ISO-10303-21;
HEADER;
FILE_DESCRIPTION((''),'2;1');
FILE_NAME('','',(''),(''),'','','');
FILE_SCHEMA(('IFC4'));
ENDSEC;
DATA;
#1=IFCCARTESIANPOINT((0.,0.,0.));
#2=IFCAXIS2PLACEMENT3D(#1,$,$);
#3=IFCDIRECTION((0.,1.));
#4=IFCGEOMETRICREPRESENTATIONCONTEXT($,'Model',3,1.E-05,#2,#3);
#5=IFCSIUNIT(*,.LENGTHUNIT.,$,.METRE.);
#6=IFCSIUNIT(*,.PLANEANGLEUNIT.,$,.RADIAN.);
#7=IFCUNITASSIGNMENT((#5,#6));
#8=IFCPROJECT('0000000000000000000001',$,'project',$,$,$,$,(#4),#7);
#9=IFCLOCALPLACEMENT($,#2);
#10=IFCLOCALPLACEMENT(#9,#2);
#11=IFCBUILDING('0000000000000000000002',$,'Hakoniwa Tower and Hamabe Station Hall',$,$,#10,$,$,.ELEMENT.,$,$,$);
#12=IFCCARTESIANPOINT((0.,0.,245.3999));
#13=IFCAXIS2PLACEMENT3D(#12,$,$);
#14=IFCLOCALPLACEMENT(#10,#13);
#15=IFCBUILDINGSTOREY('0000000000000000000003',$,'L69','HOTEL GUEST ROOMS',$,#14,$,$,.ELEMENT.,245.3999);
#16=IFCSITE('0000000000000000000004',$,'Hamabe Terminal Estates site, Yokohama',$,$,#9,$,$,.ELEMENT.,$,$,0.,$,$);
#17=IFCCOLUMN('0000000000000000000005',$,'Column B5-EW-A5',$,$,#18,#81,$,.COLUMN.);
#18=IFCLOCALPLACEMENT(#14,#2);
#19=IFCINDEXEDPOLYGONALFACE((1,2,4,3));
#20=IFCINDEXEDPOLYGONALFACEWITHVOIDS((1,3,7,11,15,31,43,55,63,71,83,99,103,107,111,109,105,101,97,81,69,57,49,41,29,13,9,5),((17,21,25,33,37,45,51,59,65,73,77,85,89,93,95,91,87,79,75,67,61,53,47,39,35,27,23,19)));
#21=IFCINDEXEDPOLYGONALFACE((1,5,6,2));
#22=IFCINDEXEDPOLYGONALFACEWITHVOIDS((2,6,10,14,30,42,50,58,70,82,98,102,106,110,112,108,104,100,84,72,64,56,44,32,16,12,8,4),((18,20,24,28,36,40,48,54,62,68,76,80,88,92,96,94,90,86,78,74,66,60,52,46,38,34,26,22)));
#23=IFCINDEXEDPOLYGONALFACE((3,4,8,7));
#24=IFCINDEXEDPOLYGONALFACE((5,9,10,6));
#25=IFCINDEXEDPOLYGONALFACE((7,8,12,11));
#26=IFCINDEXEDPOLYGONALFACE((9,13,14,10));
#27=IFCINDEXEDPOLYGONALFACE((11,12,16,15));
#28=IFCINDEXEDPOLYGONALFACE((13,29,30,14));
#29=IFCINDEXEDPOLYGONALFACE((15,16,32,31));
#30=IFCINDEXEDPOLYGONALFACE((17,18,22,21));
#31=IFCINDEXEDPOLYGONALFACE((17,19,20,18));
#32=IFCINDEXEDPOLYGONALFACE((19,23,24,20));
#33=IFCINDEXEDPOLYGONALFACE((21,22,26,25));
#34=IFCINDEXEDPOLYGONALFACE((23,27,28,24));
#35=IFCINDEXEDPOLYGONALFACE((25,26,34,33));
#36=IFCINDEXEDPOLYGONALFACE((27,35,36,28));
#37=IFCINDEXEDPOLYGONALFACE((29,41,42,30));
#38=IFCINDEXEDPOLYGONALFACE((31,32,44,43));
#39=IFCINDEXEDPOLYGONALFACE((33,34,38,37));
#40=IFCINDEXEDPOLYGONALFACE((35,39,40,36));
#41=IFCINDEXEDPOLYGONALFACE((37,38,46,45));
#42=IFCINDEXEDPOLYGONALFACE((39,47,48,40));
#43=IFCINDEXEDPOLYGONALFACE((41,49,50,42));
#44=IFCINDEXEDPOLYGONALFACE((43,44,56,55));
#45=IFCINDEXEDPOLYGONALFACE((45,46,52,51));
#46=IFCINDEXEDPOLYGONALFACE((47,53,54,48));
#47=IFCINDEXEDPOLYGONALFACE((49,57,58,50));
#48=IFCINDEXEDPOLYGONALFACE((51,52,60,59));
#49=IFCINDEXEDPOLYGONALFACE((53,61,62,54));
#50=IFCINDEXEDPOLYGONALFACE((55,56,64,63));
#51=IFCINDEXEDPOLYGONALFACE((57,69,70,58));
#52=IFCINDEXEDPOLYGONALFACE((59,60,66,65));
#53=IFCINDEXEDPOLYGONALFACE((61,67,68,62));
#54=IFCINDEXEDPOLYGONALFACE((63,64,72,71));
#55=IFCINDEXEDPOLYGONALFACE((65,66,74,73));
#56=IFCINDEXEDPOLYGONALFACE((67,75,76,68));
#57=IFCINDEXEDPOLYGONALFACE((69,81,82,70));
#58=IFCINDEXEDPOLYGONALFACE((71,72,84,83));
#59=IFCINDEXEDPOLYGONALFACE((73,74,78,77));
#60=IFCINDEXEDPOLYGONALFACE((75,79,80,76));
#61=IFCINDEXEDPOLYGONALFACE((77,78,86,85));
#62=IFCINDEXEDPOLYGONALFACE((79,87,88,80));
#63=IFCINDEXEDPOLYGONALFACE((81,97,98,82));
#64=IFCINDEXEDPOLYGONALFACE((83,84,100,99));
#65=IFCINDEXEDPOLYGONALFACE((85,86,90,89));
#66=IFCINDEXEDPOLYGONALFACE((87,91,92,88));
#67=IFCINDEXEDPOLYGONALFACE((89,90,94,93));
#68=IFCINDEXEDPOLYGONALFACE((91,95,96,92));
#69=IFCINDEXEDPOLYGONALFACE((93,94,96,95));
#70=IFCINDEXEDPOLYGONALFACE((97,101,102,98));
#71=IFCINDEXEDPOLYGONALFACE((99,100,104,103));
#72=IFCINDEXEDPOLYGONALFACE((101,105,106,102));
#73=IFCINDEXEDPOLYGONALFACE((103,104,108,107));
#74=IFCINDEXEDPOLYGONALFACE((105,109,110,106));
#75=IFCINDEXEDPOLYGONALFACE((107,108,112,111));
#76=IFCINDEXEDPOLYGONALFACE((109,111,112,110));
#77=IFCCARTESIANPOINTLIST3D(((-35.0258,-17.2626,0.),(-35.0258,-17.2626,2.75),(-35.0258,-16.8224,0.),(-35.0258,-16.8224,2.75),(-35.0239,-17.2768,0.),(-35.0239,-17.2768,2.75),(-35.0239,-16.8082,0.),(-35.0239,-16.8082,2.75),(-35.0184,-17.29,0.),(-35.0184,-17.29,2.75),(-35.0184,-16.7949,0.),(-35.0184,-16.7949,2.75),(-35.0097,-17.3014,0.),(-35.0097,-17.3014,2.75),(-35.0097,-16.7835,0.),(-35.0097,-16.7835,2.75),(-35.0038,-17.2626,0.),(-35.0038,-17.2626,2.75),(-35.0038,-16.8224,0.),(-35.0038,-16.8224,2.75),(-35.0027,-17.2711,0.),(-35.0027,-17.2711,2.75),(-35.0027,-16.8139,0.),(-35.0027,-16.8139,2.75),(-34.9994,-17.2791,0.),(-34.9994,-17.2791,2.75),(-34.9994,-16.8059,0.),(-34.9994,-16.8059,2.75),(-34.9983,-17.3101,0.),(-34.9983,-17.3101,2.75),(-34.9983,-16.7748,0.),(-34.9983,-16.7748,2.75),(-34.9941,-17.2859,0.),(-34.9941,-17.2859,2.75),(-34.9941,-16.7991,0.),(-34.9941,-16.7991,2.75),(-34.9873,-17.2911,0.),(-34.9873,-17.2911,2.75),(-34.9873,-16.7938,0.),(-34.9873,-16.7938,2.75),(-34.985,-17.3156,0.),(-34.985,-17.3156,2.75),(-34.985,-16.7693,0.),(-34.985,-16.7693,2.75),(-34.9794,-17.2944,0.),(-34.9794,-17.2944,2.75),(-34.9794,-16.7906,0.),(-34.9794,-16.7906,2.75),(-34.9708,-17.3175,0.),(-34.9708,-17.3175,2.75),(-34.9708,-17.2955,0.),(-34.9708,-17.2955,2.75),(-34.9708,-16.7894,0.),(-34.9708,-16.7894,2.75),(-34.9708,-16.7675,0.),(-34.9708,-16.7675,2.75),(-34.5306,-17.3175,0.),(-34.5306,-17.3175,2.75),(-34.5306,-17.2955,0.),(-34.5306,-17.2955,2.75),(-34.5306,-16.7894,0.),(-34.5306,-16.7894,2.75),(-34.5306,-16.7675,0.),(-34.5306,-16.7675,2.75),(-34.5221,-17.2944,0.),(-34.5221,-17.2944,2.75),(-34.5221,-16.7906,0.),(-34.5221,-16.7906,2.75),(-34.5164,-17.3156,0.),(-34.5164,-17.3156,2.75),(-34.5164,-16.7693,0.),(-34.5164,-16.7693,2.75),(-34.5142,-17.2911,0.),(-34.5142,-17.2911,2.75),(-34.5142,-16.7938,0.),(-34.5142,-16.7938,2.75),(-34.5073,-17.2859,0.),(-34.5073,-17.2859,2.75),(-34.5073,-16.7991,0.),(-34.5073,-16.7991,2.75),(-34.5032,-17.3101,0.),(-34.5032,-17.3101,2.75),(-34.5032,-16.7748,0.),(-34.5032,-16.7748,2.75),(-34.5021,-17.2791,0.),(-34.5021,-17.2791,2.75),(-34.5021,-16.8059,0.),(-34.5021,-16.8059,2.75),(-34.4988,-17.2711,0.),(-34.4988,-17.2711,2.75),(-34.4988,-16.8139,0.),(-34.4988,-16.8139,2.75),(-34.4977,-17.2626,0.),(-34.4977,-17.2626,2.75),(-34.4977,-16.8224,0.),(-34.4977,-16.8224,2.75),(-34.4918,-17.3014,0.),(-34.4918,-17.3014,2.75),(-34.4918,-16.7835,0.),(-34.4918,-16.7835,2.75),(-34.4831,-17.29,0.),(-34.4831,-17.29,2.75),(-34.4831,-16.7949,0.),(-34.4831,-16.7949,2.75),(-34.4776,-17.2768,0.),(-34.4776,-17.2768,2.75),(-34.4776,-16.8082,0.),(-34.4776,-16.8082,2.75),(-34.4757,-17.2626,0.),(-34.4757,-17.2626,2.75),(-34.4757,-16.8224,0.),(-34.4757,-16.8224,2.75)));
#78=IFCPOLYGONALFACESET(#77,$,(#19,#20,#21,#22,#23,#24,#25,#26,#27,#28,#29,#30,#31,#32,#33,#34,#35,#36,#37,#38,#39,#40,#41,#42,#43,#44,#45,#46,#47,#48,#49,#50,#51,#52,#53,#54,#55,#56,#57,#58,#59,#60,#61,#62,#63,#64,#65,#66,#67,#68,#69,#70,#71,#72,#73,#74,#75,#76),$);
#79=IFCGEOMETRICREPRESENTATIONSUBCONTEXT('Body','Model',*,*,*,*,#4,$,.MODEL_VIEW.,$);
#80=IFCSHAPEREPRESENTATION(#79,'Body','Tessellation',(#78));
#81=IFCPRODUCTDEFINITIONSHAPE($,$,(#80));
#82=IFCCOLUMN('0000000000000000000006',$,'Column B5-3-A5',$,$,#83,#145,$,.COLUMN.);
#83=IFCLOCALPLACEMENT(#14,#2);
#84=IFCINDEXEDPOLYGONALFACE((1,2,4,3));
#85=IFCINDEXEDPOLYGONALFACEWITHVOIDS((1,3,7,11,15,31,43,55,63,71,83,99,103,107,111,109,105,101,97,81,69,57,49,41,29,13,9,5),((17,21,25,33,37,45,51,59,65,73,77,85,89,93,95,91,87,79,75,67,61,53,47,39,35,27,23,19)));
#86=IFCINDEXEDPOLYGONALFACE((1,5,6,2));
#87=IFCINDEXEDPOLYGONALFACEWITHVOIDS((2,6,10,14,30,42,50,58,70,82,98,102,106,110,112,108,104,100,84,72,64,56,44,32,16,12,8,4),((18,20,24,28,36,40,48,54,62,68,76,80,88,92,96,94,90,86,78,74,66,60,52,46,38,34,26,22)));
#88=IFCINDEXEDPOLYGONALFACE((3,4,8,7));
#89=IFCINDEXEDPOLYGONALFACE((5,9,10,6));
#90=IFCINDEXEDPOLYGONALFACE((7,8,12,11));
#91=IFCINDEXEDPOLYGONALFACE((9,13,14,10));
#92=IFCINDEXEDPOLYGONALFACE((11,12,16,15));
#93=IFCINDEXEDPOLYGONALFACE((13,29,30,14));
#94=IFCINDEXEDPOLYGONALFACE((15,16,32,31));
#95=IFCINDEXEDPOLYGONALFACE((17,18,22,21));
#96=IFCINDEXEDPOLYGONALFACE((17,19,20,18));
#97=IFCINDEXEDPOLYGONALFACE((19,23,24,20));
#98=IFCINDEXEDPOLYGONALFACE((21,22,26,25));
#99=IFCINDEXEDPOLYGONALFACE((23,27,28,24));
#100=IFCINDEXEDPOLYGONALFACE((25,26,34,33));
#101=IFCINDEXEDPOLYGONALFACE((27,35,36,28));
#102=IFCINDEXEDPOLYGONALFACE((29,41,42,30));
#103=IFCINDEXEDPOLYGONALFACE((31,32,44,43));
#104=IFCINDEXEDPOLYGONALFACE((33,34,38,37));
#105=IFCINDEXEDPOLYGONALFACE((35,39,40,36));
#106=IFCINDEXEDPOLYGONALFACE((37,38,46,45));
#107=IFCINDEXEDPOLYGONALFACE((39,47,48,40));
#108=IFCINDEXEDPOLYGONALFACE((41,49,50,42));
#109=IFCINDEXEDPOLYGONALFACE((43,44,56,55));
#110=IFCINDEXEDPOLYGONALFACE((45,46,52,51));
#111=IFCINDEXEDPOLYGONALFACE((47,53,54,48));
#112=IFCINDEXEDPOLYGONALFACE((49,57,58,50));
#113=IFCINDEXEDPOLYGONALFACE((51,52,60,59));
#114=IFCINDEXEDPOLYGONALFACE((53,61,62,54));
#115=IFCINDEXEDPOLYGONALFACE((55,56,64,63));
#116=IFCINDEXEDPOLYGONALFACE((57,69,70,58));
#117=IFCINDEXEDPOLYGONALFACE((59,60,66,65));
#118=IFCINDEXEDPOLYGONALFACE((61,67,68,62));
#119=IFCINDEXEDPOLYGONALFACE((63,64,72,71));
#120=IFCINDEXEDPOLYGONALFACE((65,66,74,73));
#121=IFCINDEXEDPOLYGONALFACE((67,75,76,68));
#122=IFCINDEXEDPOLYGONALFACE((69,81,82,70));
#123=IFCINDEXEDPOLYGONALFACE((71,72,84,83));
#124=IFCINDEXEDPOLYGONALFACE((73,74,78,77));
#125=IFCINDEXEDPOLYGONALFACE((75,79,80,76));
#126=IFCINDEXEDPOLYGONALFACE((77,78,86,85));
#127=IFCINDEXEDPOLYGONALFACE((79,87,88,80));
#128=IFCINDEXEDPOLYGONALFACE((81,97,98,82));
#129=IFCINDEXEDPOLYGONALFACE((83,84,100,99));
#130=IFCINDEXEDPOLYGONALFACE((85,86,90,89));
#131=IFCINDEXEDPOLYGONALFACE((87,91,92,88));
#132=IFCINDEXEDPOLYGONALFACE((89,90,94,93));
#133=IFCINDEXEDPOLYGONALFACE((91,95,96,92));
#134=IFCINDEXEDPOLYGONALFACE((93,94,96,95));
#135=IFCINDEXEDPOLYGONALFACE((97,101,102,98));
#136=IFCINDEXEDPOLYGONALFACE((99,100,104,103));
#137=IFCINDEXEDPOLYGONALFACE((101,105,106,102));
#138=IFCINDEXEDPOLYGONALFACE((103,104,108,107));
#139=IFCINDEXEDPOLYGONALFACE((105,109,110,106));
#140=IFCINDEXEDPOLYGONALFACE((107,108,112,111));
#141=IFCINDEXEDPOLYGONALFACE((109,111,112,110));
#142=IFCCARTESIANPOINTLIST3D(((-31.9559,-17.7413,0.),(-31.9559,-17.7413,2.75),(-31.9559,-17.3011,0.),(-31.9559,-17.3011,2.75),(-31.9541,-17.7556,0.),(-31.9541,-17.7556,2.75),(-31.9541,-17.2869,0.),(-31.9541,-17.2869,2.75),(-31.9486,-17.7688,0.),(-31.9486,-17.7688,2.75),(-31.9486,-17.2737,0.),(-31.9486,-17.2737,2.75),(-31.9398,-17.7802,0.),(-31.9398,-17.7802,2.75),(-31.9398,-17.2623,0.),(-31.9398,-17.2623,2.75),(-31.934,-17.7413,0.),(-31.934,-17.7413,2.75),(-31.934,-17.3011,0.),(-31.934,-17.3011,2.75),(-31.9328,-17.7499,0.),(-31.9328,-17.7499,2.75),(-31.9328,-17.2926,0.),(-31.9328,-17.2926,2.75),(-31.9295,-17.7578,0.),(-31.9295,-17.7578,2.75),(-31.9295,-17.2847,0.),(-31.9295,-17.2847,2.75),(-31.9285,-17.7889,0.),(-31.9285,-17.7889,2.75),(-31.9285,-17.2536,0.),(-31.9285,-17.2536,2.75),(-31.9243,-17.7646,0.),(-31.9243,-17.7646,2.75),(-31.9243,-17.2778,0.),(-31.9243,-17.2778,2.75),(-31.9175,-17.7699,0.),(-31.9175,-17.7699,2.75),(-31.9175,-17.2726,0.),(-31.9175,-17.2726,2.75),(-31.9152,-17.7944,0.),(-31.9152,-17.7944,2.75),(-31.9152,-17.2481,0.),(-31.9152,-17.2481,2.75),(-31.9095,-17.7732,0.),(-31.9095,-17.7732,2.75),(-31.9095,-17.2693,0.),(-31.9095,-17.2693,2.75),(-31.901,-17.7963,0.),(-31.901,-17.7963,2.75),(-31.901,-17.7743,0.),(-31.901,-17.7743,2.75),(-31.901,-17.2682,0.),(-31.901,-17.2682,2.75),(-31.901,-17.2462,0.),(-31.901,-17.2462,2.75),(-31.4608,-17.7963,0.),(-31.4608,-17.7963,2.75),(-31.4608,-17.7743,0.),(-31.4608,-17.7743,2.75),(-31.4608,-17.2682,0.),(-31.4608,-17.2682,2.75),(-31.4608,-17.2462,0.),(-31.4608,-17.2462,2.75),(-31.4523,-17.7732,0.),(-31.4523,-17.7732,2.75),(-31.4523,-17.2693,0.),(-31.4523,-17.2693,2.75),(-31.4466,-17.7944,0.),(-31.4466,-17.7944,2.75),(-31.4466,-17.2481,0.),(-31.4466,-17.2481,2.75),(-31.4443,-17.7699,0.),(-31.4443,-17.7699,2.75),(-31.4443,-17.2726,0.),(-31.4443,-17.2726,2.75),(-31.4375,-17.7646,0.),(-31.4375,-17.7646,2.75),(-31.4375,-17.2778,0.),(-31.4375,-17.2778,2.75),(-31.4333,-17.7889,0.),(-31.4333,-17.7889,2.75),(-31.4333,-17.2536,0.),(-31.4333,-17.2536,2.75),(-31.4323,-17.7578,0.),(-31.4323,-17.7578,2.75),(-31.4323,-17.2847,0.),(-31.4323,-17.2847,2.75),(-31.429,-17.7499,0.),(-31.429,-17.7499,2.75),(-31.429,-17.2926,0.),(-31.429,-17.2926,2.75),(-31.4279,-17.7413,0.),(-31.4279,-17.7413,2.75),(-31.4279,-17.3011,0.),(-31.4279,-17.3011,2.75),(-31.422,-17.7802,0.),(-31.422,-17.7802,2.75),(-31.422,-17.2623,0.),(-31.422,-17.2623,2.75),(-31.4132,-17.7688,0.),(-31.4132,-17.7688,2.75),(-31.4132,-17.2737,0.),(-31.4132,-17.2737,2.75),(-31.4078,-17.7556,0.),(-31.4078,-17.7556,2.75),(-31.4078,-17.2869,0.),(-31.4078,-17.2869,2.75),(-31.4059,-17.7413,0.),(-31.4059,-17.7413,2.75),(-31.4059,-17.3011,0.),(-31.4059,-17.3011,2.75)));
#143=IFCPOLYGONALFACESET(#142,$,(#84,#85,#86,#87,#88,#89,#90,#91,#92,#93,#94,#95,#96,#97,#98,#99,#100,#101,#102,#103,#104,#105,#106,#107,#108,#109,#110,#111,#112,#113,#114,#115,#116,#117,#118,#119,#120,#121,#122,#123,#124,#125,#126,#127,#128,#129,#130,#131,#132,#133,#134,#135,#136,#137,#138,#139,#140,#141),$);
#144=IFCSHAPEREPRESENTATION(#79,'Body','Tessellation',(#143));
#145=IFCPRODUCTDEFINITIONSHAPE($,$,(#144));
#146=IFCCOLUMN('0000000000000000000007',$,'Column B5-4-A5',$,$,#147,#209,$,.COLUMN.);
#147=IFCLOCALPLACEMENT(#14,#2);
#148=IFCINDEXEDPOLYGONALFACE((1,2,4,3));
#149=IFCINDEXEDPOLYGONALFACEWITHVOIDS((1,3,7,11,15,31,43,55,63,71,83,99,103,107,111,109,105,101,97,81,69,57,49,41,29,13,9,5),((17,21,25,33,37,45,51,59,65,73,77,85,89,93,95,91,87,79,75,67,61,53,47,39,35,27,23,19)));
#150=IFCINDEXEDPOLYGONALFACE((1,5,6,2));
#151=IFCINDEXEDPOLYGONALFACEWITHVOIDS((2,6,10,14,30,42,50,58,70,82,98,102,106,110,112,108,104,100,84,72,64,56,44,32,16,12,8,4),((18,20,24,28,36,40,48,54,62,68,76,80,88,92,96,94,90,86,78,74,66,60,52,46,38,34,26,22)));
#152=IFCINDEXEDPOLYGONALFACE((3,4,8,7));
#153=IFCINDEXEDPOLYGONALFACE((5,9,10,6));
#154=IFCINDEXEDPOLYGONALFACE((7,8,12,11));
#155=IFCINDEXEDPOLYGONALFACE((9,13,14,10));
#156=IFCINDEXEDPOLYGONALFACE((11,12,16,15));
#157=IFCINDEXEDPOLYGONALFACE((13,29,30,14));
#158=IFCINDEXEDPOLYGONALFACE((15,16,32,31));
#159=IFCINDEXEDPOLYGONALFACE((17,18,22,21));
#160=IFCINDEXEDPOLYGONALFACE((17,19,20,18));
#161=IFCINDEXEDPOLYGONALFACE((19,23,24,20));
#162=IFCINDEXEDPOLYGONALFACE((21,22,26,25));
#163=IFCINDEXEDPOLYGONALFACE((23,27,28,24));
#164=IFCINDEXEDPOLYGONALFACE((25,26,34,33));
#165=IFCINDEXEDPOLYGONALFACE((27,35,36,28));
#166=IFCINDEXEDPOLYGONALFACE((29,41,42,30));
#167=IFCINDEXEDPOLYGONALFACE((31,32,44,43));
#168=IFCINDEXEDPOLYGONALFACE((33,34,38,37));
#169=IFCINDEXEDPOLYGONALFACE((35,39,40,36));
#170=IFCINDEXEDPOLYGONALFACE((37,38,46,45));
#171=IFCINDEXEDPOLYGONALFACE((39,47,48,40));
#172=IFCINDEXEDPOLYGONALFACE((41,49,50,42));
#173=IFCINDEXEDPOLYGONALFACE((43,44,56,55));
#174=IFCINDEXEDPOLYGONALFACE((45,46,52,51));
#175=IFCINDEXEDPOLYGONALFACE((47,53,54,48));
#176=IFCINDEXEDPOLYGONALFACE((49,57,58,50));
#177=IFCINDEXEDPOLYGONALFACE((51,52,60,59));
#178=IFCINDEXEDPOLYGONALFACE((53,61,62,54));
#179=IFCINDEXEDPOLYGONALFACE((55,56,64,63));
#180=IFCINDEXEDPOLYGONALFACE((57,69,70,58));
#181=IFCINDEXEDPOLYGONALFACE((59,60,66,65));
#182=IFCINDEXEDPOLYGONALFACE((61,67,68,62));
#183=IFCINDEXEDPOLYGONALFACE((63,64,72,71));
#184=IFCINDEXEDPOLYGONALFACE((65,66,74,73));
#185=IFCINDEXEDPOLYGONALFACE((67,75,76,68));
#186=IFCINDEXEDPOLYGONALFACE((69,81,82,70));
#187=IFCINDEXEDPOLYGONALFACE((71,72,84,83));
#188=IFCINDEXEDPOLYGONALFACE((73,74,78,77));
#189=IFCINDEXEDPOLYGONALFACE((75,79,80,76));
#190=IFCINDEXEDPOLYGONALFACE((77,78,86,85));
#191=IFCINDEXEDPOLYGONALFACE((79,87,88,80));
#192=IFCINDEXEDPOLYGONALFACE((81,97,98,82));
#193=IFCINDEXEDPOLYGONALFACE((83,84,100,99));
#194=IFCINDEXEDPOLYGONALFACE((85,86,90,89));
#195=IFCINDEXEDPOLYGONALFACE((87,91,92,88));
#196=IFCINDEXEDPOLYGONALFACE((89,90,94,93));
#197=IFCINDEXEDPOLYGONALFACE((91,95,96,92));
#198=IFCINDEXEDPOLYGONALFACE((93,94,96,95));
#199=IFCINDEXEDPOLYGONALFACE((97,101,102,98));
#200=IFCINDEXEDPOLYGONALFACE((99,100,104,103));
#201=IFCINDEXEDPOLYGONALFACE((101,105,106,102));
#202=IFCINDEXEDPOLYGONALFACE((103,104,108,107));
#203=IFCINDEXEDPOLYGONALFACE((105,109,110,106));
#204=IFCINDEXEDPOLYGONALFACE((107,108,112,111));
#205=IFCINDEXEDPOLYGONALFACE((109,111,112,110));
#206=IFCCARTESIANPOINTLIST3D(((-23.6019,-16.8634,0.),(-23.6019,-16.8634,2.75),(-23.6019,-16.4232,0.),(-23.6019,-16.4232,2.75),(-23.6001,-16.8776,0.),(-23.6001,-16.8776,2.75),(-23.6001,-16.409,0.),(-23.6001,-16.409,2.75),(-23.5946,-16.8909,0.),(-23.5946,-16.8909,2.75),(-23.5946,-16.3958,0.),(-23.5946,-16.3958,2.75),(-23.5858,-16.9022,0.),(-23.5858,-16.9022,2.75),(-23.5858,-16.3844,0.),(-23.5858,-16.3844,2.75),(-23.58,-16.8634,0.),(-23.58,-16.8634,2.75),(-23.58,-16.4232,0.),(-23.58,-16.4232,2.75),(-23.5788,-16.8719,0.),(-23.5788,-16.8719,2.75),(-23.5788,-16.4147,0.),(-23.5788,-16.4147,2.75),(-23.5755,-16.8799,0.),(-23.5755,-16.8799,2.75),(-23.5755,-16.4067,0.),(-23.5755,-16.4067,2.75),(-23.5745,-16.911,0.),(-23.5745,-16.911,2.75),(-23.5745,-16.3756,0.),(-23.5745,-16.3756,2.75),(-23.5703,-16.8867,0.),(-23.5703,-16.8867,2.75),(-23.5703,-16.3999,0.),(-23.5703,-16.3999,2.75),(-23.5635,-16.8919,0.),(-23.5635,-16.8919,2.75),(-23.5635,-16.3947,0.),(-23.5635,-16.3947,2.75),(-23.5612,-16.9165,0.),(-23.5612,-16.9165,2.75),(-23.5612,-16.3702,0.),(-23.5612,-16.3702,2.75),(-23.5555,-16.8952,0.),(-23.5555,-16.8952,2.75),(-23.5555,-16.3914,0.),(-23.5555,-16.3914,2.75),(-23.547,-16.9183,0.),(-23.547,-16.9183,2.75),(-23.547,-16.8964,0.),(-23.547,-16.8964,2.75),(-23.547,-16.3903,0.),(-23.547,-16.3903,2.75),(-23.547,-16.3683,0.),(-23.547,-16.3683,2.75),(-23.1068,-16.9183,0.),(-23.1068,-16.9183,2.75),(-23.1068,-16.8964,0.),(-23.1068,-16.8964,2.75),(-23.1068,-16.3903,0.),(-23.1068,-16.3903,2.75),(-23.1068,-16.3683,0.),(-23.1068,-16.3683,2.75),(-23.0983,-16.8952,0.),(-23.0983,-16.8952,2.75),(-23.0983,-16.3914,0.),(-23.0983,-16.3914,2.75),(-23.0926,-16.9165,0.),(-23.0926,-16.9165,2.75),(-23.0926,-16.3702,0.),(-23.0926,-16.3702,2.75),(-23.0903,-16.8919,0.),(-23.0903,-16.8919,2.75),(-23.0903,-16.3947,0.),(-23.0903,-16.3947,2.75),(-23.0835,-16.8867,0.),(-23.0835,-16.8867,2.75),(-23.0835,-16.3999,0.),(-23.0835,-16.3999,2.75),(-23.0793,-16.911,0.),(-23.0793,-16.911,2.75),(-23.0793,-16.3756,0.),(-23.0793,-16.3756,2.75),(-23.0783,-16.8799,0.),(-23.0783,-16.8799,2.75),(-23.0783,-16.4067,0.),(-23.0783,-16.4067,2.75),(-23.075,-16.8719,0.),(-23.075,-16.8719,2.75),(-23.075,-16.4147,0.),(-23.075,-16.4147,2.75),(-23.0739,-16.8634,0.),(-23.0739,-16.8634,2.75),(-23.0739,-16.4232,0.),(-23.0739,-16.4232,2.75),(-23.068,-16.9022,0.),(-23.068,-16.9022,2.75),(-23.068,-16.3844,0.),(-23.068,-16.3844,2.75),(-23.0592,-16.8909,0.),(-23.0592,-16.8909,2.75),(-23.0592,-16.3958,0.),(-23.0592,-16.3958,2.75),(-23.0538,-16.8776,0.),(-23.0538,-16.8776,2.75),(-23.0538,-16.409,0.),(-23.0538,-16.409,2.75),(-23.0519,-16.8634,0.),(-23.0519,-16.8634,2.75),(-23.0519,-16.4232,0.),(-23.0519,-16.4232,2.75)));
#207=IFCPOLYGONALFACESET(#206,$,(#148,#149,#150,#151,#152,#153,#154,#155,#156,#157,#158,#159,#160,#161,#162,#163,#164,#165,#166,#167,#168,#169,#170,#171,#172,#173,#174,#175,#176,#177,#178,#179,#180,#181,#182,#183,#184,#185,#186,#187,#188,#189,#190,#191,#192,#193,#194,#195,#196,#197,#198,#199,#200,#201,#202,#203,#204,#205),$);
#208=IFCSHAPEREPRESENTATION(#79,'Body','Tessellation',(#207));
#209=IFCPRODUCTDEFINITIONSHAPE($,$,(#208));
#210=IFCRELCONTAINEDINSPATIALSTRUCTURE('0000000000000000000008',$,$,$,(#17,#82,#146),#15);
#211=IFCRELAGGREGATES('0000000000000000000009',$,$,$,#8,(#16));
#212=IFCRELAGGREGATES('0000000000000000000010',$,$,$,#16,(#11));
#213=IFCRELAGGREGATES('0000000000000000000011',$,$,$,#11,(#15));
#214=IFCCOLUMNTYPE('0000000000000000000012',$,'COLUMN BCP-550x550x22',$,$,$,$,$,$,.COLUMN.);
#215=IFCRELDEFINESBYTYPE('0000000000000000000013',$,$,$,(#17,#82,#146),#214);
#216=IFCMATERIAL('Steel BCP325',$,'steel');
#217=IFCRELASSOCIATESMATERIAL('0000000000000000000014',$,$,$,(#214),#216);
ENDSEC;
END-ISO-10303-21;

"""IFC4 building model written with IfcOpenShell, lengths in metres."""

from ifc_helpers import new_model, si_unit, direction, frame, origin, origin_2d, place, context, subcontext, project, spatial, hollow_rectangle, extrude, material, material_profile, profile_set, type_object, element, save


model = new_model("IFC4")

# Units and contexts
model_context = context("Model", 3, precision=1e-05, world=origin(), true_north=direction((0.0, 1.0)))
body_context = subcontext(model_context, "Body", "Model", "MODEL_VIEW")
ifc_project = project(units=[si_unit("LENGTHUNIT", "METRE"), si_unit("PLANEANGLEUNIT", "RADIAN")], contexts=[model_context])

# Site, building, storey
site_placement = place(None, origin())
site = spatial("IfcSite", under=ifc_project, at=site_placement, Name="Hamabe Terminal Estates site, Yokohama", CompositionType="ELEMENT", RefElevation=0.0)
building_placement = place(site_placement, origin())
building = spatial("IfcBuilding", under=site, at=building_placement, Name="Hakoniwa Tower and Hamabe Station Hall", CompositionType="ELEMENT")
storey_placement = place(building_placement, frame((0.0, 0.0, 245.3999)))
storey = spatial("IfcBuildingStorey", under=building, at=storey_placement, Name="L69", Description="HOTEL GUEST ROOMS", CompositionType="ELEMENT", Elevation=245.3999)

# Columns
ifc_material_1 = material(Name="Steel BCP325", Category="steel")
ifc_material_profile_1 = material_profile(ifc_material_1, hollow_rectangle(XDim=0.55, YDim=0.55, WallThickness=0.022, InnerFilletRadius=0.033, OuterFilletRadius=0.0549, at=origin_2d()), Name="BCP-550x550x22")
ifc_profile_set_1 = profile_set([ifc_material_profile_1], Name="Steel BCP325")
column_type = type_object("IfcColumnType", Name="COLUMN BCP-550x550x22", PredefinedType="COLUMN", material=ifc_profile_set_1)
for number, where, z_axis, x_axis, name in (
    (1, (-34.7507, -17.0425, 0.0), (0.0, 0.0, 1.0), (1.0, 0.0, 0.0), "Column B5-EW-A5"),
    (2, (-31.6809, -17.5212, 0.0), (0.0, 0.0, 1.0), (1.0, 0.0, 0.0), "Column B5-3-A5"),
    (3, (-23.3269, -16.6433, 0.0), (0.0, 0.0, 1.0), (1.0, 0.0, 0.0), "Column B5-4-A5"),
):
    element("IfcColumn", number, at=place(storey_placement, frame(where, z_axis=z_axis, x_axis=x_axis)), inside=storey, type_object=column_type, Name=name, PredefinedType="COLUMN", context=body_context, shape_type="SweptSolid", body=[
        extrude(hollow_rectangle(XDim=0.55, YDim=0.55, WallThickness=0.022, InnerFilletRadius=0.033, OuterFilletRadius=0.0549, at=origin_2d()), origin(), (0.0, 0.0, 1.0), 2.75),
    ])

save(model, "model.ifc")
